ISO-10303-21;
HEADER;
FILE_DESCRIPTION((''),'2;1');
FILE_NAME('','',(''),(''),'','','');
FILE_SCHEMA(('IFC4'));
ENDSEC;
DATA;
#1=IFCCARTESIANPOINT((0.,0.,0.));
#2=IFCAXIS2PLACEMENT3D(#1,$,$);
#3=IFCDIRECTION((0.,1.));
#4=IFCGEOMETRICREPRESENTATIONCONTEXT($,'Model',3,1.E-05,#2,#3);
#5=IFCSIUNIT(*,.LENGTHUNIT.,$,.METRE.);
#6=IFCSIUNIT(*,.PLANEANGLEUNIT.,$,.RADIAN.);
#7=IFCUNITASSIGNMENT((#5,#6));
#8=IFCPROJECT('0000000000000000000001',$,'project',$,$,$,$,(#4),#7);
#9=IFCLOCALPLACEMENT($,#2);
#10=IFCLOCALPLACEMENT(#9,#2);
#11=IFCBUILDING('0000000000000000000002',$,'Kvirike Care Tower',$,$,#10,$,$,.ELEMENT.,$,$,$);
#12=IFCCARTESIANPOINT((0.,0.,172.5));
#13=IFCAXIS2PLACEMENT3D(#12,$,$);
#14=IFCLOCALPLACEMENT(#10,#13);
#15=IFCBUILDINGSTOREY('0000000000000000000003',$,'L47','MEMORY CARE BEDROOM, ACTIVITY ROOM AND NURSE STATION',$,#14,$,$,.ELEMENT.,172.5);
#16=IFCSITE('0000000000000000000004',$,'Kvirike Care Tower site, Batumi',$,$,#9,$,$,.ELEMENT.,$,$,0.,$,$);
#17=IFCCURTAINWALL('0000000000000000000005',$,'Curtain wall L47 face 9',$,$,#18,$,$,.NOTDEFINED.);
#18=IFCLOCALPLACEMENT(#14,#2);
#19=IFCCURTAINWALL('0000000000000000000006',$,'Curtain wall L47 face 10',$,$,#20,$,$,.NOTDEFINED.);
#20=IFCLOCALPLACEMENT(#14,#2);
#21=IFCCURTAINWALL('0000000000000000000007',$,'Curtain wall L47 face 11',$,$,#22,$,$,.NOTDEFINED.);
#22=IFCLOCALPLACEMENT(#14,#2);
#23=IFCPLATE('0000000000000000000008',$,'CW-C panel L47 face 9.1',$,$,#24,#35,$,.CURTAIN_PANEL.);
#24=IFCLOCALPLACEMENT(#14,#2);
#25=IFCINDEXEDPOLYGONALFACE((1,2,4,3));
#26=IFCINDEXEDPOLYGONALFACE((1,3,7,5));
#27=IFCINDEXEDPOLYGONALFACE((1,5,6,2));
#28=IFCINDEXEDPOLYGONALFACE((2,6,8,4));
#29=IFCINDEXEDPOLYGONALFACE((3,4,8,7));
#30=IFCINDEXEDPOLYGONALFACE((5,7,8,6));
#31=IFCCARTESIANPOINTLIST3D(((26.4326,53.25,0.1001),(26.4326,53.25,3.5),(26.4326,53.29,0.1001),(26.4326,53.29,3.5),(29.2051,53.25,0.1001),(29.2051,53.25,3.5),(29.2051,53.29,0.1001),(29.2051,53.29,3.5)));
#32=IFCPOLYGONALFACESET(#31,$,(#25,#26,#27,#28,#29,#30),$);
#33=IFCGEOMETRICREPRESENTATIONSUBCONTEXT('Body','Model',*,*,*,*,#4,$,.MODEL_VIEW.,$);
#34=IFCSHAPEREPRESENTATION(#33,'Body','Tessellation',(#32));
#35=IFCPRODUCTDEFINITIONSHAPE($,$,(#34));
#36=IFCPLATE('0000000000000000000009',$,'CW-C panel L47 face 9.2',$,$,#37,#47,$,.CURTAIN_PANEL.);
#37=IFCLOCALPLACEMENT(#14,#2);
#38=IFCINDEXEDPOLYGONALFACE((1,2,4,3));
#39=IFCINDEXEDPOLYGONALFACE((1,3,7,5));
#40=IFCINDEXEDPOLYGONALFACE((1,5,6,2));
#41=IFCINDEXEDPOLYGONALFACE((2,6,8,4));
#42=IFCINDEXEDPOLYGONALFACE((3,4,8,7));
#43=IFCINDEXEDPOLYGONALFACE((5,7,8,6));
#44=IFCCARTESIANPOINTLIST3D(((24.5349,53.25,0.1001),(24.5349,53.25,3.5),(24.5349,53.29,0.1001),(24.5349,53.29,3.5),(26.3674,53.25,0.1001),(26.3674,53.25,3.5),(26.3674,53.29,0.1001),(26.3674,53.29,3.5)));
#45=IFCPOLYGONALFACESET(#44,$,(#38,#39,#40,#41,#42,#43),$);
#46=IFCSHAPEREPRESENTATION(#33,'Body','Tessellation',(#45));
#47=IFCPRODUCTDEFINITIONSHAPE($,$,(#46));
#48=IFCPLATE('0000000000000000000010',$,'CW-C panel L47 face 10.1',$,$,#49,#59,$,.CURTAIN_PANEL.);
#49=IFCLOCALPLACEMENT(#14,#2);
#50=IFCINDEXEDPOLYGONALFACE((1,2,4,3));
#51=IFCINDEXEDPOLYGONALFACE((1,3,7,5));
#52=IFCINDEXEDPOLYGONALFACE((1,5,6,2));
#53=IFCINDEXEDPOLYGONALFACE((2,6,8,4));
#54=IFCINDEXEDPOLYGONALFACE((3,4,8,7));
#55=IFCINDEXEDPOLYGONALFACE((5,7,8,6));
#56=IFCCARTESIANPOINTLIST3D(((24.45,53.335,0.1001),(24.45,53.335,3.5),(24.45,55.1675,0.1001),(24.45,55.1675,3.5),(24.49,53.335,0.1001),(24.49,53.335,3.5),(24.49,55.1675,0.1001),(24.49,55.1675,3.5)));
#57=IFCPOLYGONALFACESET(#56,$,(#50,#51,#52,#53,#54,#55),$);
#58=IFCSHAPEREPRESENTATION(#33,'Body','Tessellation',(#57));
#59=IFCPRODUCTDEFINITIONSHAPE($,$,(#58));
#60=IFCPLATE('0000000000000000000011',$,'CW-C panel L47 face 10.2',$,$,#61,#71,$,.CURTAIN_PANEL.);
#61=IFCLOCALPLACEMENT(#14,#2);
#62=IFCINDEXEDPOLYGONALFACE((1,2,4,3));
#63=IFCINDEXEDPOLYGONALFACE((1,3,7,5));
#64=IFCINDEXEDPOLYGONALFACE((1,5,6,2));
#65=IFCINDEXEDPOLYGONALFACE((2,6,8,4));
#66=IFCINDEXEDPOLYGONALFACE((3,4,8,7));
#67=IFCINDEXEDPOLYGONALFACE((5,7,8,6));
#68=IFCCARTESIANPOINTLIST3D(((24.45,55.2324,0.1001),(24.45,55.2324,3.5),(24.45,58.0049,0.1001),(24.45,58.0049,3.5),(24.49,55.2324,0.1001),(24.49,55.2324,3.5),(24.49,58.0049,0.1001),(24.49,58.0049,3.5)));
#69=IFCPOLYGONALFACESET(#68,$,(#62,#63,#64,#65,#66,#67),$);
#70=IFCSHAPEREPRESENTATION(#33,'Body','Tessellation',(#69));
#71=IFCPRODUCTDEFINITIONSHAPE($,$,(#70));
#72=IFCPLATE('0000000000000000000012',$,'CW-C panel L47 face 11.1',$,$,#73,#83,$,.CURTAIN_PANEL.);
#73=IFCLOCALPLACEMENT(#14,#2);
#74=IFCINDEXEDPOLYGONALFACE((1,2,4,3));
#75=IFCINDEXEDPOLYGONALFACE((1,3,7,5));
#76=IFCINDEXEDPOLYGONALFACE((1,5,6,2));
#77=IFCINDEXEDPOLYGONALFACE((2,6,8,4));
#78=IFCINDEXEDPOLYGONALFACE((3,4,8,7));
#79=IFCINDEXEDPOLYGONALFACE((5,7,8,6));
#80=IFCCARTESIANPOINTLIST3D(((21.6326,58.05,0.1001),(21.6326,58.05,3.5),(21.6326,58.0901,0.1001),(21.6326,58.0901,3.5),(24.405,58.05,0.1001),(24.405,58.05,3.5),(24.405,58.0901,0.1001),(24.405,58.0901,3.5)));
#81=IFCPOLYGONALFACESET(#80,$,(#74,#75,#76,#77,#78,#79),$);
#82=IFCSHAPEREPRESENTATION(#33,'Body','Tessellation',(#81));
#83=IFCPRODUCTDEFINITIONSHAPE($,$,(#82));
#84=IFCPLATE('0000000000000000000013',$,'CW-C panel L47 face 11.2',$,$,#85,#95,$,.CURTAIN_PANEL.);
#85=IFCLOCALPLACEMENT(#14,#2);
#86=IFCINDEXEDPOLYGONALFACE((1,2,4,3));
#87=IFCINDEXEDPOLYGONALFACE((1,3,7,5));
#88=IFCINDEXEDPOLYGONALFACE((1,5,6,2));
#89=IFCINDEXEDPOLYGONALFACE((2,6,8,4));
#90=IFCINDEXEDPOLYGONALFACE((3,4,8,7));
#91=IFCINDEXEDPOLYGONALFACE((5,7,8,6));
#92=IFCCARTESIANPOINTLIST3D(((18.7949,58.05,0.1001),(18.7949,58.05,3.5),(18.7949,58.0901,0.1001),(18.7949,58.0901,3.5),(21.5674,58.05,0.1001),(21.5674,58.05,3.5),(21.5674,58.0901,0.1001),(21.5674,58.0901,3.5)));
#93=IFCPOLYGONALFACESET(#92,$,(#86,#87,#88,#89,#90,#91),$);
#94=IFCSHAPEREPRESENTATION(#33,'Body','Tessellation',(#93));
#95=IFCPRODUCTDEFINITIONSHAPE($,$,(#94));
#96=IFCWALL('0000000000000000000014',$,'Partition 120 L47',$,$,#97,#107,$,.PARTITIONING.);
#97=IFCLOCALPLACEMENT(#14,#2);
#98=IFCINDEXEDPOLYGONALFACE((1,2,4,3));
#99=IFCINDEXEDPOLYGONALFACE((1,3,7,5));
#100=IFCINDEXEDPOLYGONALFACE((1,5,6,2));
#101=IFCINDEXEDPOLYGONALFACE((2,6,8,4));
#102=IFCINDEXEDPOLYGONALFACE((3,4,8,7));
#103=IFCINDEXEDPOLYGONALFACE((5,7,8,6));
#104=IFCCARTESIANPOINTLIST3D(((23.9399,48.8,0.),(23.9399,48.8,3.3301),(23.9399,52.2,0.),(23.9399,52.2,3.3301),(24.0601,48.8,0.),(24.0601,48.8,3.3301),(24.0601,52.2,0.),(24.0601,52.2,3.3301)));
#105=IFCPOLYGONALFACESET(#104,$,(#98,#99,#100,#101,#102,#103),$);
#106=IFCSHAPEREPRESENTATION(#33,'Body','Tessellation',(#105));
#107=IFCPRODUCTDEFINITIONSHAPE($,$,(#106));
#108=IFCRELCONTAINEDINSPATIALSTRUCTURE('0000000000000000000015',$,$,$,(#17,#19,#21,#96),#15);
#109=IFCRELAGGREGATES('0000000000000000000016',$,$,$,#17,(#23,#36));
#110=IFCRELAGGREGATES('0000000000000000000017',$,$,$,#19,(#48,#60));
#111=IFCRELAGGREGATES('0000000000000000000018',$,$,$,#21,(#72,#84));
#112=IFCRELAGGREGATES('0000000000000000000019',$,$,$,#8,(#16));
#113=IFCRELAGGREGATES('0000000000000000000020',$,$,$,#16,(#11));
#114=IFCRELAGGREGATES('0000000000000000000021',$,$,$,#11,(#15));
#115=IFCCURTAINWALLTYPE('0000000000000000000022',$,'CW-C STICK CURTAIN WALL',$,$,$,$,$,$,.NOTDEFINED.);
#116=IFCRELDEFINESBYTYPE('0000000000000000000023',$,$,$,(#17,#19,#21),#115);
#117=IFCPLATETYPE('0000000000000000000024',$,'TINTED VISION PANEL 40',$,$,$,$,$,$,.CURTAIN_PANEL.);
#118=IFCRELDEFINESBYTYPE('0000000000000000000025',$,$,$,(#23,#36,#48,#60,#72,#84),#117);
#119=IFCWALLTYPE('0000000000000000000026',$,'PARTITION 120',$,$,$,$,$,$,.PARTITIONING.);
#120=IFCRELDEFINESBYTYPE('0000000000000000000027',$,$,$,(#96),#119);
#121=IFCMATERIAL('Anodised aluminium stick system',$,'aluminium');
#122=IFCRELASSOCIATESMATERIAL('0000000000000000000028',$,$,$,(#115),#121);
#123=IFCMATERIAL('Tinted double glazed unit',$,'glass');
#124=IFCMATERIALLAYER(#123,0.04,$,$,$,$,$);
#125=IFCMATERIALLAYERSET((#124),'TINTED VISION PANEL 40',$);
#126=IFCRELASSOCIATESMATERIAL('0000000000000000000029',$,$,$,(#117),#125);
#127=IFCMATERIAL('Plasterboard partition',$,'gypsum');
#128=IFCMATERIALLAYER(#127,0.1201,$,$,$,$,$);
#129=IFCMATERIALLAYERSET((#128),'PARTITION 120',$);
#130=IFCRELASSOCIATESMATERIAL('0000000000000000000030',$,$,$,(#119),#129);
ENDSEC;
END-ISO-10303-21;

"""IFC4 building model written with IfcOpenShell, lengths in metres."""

from ifc_helpers import new_model, si_unit, direction, frame, frame_2d, origin, origin_2d, place, context, subcontext, project, spatial, rectangle, extrude, material, layer, layer_set, type_object, element, aggregate, save


model = new_model("IFC4")

# Units and contexts
model_context = context("Model", 3, precision=1e-05, world=origin(), true_north=direction((0.0, 1.0)))
body_context = subcontext(model_context, "Body", "Model", "MODEL_VIEW")
ifc_project = project(units=[si_unit("LENGTHUNIT", "METRE"), si_unit("PLANEANGLEUNIT", "RADIAN")], contexts=[model_context])

# Site, building, storey
site_placement = place(None, origin())
site = spatial("IfcSite", under=ifc_project, at=site_placement, Name="Kvirike Care Tower site, Batumi", CompositionType="ELEMENT", RefElevation=0.0)
building_placement = place(site_placement, origin())
building = spatial("IfcBuilding", under=site, at=building_placement, Name="Kvirike Care Tower", CompositionType="ELEMENT")
storey_placement = place(building_placement, frame((0.0, 0.0, 172.5)))
storey = spatial("IfcBuildingStorey", under=building, at=storey_placement, Name="L47", Description="MEMORY CARE BEDROOM, ACTIVITY ROOM AND NURSE STATION", CompositionType="ELEMENT", Elevation=172.5)

# Curtain walls
ifc_material_1 = material(Name="Anodised aluminium stick system", Category="aluminium")
curtain_wall_type = type_object("IfcCurtainWallType", Name="CW-C STICK CURTAIN WALL", PredefinedType="NOTDEFINED", material=ifc_material_1)
curtain_wall_1_placement = place(storey_placement, origin())
curtain_wall_1 = element("IfcCurtainWall", 1, at=curtain_wall_1_placement, inside=storey, type_object=curtain_wall_type, Name="Curtain wall L47 face 9", PredefinedType="NOTDEFINED")
curtain_wall_2_placement = place(storey_placement, origin())
curtain_wall_2 = element("IfcCurtainWall", 2, at=curtain_wall_2_placement, inside=storey, type_object=curtain_wall_type, Name="Curtain wall L47 face 10", PredefinedType="NOTDEFINED")
curtain_wall_3_placement = place(storey_placement, origin())
curtain_wall_3 = element("IfcCurtainWall", 3, at=curtain_wall_3_placement, inside=storey, type_object=curtain_wall_type, Name="Curtain wall L47 face 11", PredefinedType="NOTDEFINED")

# Plates
ifc_material_2 = material(Name="Tinted double glazed unit", Category="glass")
ifc_layer_1 = layer(ifc_material_2, 0.04)
ifc_layer_set_1 = layer_set([ifc_layer_1], Name="TINTED VISION PANEL 40")
plate_type = type_object("IfcPlateType", Name="TINTED VISION PANEL 40", PredefinedType="CURTAIN_PANEL", material=ifc_layer_set_1)
plate_1_placement = place(storey_placement, frame((27.8188, 53.27, 0.1001), z_axis=(0.0, 0.0, 1.0), x_axis=(-1.0, 0.0, 0.0)))
plate_1 = element("IfcPlate", 4, at=plate_1_placement, type_object=plate_type, Name="CW-C panel L47 face 9.1", PredefinedType="CURTAIN_PANEL", context=body_context, shape_type="SweptSolid", body=[
    extrude(rectangle(XDim=2.7725, YDim=0.04, at=origin_2d()), origin(), (0.0, 0.0, 1.0), 3.3999),
])
plate_2_placement = place(storey_placement, frame((25.4512, 53.27, 0.1001), z_axis=(0.0, 0.0, 1.0), x_axis=(-1.0, 0.0, 0.0)))
plate_2 = element("IfcPlate", 5, at=plate_2_placement, type_object=plate_type, Name="CW-C panel L47 face 9.2", PredefinedType="CURTAIN_PANEL", context=body_context, shape_type="SweptSolid", body=[
    extrude(rectangle(XDim=1.8325, YDim=0.04, at=origin_2d()), origin(), (0.0, 0.0, 1.0), 3.3999),
])
aggregate(curtain_wall_1, [plate_1, plate_2])
plate_3_placement = place(storey_placement, frame((24.47, 54.2512, 0.1001), z_axis=(0.0, 0.0, 1.0), x_axis=(0.0, 1.0, 0.0)))
plate_3 = element("IfcPlate", 6, at=plate_3_placement, type_object=plate_type, Name="CW-C panel L47 face 10.1", PredefinedType="CURTAIN_PANEL", context=body_context, shape_type="SweptSolid", body=[
    extrude(rectangle(XDim=1.8325, YDim=0.04, at=origin_2d()), origin(), (0.0, 0.0, 1.0), 3.3999),
])
plate_4_placement = place(storey_placement, frame((24.47, 56.6187, 0.1001), z_axis=(0.0, 0.0, 1.0), x_axis=(0.0, 1.0, 0.0)))
plate_4 = element("IfcPlate", 7, at=plate_4_placement, type_object=plate_type, Name="CW-C panel L47 face 10.2", PredefinedType="CURTAIN_PANEL", context=body_context, shape_type="SweptSolid", body=[
    extrude(rectangle(XDim=2.7725, YDim=0.04, at=origin_2d()), origin(), (0.0, 0.0, 1.0), 3.3999),
])
aggregate(curtain_wall_2, [plate_3, plate_4])
plate_5_placement = place(storey_placement, frame((23.0188, 58.0701, 0.1001), z_axis=(0.0, 0.0, 1.0), x_axis=(-1.0, 0.0, 0.0)))
plate_5 = element("IfcPlate", 8, at=plate_5_placement, type_object=plate_type, Name="CW-C panel L47 face 11.1", PredefinedType="CURTAIN_PANEL", context=body_context, shape_type="SweptSolid", body=[
    extrude(rectangle(XDim=2.7725, YDim=0.04, at=origin_2d()), origin(), (0.0, 0.0, 1.0), 3.3999),
])
plate_6_placement = place(storey_placement, frame((20.1812, 58.0701, 0.1001), z_axis=(0.0, 0.0, 1.0), x_axis=(-1.0, 0.0, 0.0)))
plate_6 = element("IfcPlate", 9, at=plate_6_placement, type_object=plate_type, Name="CW-C panel L47 face 11.2", PredefinedType="CURTAIN_PANEL", context=body_context, shape_type="SweptSolid", body=[
    extrude(rectangle(XDim=2.7725, YDim=0.04, at=origin_2d()), origin(), (0.0, 0.0, 1.0), 3.3999),
])
aggregate(curtain_wall_3, [plate_5, plate_6])

# Wall
ifc_material_3 = material(Name="Plasterboard partition", Category="gypsum")
ifc_layer_2 = layer(ifc_material_3, 0.1201)
ifc_layer_set_2 = layer_set([ifc_layer_2], Name="PARTITION 120")
wall_type = type_object("IfcWallType", Name="PARTITION 120", PredefinedType="PARTITIONING", material=ifc_layer_set_2)
wall_placement = place(storey_placement, frame((24.0, 52.2, 0.0), z_axis=(0.0, 0.0, 1.0), x_axis=(0.0, -1.0, 0.0)))
element("IfcWall", 10, at=wall_placement, inside=storey, type_object=wall_type, Name="Partition 120 L47", PredefinedType="PARTITIONING", context=body_context, shape_type="SweptSolid", body=[
    extrude(rectangle(XDim=3.3999, YDim=0.1201, at=frame_2d((1.7, 0.0))), origin(), (0.0, 0.0, 1.0), 3.3301),
])

save(model, "model.ifc")
